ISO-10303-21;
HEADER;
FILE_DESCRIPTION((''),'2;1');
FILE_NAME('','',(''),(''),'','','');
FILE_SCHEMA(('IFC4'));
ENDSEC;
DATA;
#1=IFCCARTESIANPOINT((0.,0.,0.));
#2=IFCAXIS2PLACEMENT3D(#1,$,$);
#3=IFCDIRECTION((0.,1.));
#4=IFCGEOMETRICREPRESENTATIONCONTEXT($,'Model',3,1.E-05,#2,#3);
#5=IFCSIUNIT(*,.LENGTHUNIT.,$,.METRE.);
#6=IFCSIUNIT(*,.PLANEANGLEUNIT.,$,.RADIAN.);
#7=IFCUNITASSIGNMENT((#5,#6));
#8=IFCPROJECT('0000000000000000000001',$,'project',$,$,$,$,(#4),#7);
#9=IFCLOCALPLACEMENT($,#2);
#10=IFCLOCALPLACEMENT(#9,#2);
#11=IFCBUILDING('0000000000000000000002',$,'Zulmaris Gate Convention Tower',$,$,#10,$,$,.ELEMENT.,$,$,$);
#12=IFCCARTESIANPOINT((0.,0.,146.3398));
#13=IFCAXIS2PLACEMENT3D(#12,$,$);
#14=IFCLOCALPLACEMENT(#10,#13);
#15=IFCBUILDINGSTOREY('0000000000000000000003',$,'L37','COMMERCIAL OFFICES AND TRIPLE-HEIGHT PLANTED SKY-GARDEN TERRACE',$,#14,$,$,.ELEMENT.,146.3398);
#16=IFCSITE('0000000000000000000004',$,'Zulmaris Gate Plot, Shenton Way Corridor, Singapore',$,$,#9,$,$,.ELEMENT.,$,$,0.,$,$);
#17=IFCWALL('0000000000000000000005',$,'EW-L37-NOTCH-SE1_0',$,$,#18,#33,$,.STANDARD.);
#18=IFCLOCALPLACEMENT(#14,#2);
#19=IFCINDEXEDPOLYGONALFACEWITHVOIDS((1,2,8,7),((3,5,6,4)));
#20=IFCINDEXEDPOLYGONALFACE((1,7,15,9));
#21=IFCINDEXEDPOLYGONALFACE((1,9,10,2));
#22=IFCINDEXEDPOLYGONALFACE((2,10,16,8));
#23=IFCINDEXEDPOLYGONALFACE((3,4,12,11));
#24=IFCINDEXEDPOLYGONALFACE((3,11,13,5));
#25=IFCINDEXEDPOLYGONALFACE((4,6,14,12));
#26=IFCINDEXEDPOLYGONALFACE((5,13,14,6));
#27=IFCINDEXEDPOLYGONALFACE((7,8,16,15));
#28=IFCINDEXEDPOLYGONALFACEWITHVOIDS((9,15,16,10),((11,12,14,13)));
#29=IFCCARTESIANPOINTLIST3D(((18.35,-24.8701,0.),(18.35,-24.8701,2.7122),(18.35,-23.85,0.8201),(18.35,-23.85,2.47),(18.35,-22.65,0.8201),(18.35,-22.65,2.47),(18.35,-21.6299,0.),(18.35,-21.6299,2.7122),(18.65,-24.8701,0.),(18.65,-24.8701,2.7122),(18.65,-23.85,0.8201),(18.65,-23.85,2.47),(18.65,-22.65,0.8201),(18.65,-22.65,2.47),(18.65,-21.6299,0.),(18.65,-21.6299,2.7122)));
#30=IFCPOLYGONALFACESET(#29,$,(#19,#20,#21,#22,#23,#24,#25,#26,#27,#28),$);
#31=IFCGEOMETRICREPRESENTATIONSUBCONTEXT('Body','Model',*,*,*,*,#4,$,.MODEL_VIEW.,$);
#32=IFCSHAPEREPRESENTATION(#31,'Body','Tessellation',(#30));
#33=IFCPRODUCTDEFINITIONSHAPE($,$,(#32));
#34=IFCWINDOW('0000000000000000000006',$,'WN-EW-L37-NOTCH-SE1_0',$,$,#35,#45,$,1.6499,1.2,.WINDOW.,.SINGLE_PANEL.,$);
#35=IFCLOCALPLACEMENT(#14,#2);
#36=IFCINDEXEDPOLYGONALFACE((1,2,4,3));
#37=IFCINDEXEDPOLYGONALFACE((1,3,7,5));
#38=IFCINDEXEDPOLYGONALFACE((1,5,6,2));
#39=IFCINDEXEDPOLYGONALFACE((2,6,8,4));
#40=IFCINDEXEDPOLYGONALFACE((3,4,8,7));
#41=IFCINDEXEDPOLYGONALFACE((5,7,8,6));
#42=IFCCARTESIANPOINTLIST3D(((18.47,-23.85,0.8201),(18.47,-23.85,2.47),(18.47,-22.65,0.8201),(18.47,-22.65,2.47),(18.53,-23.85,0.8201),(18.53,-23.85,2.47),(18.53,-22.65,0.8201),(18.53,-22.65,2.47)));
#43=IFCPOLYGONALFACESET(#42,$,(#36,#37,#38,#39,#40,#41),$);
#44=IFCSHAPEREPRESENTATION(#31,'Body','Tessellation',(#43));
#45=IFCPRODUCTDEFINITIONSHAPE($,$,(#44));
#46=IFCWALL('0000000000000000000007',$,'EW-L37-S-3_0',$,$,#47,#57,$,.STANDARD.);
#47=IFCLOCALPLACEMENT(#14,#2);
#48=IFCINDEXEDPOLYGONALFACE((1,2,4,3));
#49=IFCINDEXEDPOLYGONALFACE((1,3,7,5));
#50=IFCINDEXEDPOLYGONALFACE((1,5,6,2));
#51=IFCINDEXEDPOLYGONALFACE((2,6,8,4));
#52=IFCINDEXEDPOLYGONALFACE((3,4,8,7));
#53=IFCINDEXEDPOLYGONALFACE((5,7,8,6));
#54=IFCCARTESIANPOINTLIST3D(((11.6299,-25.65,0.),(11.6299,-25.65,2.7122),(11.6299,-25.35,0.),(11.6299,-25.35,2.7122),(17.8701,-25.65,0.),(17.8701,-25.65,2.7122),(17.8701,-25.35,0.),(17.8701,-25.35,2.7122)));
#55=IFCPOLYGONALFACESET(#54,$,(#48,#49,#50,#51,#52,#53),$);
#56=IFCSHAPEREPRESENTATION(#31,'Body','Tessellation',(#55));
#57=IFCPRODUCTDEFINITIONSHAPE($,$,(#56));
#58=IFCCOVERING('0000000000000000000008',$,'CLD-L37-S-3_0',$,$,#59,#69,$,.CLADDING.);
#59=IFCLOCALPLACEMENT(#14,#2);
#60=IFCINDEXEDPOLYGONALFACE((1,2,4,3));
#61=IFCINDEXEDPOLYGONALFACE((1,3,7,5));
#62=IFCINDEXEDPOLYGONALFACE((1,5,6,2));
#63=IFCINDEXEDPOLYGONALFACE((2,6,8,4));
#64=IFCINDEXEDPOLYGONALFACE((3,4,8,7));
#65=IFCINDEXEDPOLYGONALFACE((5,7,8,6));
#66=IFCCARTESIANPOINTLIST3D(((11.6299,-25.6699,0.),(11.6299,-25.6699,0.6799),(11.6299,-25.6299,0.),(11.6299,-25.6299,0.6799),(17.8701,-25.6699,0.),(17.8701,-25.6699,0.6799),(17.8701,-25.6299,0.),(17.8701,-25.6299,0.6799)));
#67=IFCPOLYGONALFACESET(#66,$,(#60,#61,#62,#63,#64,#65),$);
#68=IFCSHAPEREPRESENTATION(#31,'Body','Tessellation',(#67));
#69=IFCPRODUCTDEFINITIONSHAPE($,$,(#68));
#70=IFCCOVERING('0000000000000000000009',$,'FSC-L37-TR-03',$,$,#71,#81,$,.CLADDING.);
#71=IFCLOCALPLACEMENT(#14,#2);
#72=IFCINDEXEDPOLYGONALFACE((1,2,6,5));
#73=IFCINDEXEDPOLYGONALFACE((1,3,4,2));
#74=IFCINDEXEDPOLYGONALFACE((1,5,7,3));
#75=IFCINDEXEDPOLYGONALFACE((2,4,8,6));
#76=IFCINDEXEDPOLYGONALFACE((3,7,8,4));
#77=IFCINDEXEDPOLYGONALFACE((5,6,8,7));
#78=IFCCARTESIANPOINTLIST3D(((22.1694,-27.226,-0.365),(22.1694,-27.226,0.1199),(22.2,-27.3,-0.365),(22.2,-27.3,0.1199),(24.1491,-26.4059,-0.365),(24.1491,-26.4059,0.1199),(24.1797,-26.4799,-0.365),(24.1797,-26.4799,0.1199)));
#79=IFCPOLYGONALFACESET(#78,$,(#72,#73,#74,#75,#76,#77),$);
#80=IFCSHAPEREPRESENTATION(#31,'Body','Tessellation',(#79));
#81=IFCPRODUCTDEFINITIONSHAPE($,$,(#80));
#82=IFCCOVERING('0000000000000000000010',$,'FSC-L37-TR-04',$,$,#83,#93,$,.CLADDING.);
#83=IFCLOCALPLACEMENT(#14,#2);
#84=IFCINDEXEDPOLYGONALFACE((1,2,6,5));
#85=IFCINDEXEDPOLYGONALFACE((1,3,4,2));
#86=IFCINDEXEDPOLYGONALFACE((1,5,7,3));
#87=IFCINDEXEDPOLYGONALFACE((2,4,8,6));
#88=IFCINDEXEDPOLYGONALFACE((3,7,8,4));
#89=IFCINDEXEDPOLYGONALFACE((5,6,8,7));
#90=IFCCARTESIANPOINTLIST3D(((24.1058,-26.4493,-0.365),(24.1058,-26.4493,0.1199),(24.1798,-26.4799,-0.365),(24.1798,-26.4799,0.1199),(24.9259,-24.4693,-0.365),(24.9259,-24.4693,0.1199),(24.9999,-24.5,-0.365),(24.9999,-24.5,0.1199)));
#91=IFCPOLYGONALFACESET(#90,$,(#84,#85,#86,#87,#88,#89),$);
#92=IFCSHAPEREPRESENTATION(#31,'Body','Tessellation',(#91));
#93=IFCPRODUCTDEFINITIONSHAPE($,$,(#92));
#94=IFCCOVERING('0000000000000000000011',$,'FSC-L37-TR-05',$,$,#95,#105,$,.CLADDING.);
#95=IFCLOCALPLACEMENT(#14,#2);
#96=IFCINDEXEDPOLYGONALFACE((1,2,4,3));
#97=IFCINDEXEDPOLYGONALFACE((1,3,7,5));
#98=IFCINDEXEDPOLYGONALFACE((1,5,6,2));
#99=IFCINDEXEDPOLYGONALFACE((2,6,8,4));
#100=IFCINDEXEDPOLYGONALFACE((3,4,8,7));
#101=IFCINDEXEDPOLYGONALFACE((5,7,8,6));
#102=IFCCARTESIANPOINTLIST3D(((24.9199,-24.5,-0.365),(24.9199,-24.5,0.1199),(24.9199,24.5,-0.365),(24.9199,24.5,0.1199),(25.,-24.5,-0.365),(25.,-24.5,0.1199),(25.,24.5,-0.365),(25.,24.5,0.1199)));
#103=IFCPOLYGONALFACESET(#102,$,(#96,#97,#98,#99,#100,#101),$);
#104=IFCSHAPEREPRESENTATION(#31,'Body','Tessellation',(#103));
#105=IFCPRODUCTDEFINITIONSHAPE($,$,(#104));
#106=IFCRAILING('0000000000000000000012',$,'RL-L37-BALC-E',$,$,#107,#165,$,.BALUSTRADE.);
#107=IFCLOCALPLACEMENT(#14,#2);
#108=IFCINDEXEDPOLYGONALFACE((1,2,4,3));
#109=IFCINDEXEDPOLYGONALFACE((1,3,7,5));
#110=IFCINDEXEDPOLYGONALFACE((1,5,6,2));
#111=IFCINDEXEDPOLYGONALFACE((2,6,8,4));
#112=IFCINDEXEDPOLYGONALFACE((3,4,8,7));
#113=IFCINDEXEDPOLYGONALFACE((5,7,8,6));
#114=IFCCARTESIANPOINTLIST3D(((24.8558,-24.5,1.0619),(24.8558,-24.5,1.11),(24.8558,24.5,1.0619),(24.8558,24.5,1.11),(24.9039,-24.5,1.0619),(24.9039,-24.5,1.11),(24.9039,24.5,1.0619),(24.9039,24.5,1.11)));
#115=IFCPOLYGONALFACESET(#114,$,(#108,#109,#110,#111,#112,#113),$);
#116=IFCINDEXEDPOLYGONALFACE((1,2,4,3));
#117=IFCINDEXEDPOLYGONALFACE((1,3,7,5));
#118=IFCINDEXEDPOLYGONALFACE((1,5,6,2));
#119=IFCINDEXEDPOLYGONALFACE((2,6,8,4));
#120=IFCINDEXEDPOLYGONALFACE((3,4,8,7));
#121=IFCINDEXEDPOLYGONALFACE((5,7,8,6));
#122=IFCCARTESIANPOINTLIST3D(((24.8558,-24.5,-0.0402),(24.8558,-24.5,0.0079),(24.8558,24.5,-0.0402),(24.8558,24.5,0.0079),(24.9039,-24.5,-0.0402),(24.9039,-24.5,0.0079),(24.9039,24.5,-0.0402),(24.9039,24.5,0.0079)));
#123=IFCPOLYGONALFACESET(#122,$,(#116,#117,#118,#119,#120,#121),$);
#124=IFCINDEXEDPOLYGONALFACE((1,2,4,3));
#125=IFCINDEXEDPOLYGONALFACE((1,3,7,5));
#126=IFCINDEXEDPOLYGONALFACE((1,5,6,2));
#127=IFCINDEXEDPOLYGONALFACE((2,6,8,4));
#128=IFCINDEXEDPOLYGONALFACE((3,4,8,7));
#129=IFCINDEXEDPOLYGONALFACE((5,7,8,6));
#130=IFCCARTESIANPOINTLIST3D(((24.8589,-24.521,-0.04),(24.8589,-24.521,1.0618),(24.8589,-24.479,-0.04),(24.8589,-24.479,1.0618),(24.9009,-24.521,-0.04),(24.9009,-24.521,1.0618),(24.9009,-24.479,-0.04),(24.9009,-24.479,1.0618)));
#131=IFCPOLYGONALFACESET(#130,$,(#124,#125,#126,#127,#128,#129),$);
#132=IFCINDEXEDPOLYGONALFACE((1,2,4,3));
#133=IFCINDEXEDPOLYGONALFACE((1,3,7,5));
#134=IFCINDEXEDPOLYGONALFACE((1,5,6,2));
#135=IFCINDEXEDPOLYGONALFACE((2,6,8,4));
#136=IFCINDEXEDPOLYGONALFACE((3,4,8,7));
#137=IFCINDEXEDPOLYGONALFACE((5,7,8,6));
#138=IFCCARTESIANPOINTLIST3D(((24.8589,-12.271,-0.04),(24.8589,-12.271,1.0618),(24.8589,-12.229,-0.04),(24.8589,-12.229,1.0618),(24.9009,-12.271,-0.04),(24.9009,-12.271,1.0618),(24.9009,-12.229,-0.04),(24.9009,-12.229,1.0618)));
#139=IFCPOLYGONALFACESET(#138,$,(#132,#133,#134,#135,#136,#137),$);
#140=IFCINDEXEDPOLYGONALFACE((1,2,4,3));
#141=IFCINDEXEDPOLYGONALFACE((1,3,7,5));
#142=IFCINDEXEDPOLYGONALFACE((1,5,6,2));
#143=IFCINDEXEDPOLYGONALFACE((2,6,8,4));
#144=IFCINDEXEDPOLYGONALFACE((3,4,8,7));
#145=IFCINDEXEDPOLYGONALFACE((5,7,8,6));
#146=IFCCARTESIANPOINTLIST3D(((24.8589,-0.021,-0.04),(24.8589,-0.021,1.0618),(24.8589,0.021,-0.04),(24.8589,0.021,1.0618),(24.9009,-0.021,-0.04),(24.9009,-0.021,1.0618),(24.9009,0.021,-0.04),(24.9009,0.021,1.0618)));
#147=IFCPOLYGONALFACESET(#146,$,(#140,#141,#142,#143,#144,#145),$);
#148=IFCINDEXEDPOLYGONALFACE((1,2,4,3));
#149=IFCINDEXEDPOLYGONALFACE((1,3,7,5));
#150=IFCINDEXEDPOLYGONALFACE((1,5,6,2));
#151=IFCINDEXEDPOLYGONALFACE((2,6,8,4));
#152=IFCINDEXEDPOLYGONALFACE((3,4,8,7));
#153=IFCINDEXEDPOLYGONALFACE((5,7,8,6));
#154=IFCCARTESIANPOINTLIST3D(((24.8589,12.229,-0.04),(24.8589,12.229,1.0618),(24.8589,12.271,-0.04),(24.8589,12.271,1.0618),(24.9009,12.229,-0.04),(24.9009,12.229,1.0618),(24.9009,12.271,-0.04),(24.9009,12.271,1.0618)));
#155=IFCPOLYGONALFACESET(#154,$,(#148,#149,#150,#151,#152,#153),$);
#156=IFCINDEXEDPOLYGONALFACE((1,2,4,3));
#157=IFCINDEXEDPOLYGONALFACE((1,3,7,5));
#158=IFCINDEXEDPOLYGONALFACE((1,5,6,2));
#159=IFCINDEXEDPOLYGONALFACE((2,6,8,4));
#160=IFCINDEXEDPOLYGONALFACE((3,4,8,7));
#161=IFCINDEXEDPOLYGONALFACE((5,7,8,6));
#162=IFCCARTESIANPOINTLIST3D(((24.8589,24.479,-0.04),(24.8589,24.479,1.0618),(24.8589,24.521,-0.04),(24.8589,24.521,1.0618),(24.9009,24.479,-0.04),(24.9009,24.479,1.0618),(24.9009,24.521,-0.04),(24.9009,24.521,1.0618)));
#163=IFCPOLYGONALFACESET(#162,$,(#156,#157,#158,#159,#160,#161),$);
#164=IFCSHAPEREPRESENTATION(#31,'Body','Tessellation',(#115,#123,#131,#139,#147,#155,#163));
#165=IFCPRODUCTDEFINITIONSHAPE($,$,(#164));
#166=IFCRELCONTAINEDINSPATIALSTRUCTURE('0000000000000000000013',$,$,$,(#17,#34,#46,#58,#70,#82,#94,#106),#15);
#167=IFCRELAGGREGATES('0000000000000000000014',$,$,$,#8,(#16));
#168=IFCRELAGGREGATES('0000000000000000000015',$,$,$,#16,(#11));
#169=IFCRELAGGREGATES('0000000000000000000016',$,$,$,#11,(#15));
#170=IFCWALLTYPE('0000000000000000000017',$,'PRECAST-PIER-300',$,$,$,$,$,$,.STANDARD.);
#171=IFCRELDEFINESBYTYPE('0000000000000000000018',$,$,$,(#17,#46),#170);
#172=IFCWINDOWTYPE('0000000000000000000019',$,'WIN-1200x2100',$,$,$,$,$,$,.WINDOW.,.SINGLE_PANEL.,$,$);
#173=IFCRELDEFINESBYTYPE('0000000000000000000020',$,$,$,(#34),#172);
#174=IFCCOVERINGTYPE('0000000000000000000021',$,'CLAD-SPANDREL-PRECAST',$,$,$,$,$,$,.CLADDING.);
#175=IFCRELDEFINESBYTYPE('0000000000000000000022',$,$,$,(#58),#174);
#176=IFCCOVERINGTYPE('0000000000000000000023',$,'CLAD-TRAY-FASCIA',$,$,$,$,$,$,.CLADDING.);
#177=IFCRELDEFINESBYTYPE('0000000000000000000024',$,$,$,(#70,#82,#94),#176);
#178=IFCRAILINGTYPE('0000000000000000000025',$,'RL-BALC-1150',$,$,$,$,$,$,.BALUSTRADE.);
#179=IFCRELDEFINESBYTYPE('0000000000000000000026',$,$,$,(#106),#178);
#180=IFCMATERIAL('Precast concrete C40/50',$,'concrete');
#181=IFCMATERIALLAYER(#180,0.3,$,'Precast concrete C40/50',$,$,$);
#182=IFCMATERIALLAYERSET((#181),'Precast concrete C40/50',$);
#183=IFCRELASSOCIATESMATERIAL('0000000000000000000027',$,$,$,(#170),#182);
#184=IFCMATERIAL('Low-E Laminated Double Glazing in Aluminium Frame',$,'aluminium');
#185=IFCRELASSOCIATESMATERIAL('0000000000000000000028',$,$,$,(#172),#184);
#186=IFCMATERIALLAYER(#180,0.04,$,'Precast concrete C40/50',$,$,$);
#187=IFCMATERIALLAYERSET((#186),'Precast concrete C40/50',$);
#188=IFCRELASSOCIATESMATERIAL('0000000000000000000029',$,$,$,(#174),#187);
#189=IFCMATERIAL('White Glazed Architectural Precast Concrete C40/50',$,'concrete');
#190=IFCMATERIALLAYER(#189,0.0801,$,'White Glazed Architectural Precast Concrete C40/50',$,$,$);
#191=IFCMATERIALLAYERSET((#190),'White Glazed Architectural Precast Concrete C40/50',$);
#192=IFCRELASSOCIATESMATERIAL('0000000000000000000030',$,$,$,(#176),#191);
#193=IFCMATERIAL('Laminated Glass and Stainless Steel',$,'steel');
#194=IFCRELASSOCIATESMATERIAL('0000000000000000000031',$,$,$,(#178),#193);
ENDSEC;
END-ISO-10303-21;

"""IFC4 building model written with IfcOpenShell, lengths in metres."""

from ifc_helpers import new_model, si_unit, direction, frame, frame_2d, origin, origin_2d, place, context, subcontext, project, spatial, rectangle, extrude, material, layer, layer_set, type_object, element, fill, save


model = new_model("IFC4")

# Units and contexts
model_context = context("Model", 3, precision=1e-05, world=origin(), true_north=direction((0.0, 1.0)))
body_context = subcontext(model_context, "Body", "Model", "MODEL_VIEW")
ifc_project = project(units=[si_unit("LENGTHUNIT", "METRE"), si_unit("PLANEANGLEUNIT", "RADIAN")], contexts=[model_context])

# Site, building, storey
site_placement = place(None, origin())
site = spatial("IfcSite", under=ifc_project, at=site_placement, Name="Zulmaris Gate Plot, Shenton Way Corridor, Singapore", CompositionType="ELEMENT", RefElevation=0.0)
building_placement = place(site_placement, origin())
building = spatial("IfcBuilding", under=site, at=building_placement, Name="Zulmaris Gate Convention Tower", CompositionType="ELEMENT")
storey_placement = place(building_placement, frame((0.0, 0.0, 146.3398)))
storey = spatial("IfcBuildingStorey", under=building, at=storey_placement, Name="L37", Description="COMMERCIAL OFFICES AND TRIPLE-HEIGHT PLANTED SKY-GARDEN TERRACE", CompositionType="ELEMENT", Elevation=146.3398)

# Wall, opening, window
ifc_material_1 = material(Name="Precast concrete C40/50", Category="concrete")
ifc_layer_1 = layer(ifc_material_1, 0.3, Name="Precast concrete C40/50")
ifc_layer_set_1 = layer_set([ifc_layer_1], Name="Precast concrete C40/50")
wall_type = type_object("IfcWallType", Name="PRECAST-PIER-300", PredefinedType="STANDARD", material=ifc_layer_set_1)
wall_1_placement = place(storey_placement, frame((18.5, -24.8701, 0.0), z_axis=(0.0, 0.0, 1.0), x_axis=(0.0, 1.0, 0.0)))
wall_1 = element("IfcWall", 1, at=wall_1_placement, inside=storey, type_object=wall_type, Name="EW-L37-NOTCH-SE1_0", PredefinedType="STANDARD", context=body_context, shape_type="SweptSolid", body=[
    extrude(rectangle(XDim=3.2402, YDim=0.3, at=frame_2d((1.6201, 0.0))), origin(), (0.0, 0.0, 1.0), 2.7122),
])
opening_placement = place(wall_1_placement, frame((1.02, 0.0, 0.8201)))
opening = element("IfcOpeningElement", 2, at=opening_placement, cuts=wall_1, PredefinedType="OPENING", context=body_context, shape_type="SweptSolid", body=[
    extrude(rectangle(XDim=1.2, YDim=1.6499, at=frame_2d((0.6001, 0.825))), frame((0.0, 0.1602, 0.0), z_axis=(0.0, -1.0, 0.0), x_axis=(1.0, 0.0, 0.0)), (0.0, 0.0, 1.0), 0.3201),
])
ifc_material_2 = material(Name="Low-E Laminated Double Glazing in Aluminium Frame", Category="aluminium")
window_type = type_object("IfcWindowType", Name="WIN-1200x2100", PartitioningType="SINGLE_PANEL", PredefinedType="WINDOW", material=ifc_material_2)
window_placement = place(opening_placement, origin())
window = element("IfcWindow", 3, at=window_placement, inside=storey, type_object=window_type, Name="WN-EW-L37-NOTCH-SE1_0", OverallHeight=1.6499, OverallWidth=1.2, PartitioningType="SINGLE_PANEL", PredefinedType="WINDOW", context=body_context, shape_type="SweptSolid", body=[
    extrude(rectangle(XDim=1.2, YDim=1.6499, at=frame_2d((0.6001, 0.825))), frame((0.0, 0.03, 0.0), z_axis=(0.0, -1.0, 0.0), x_axis=(1.0, 0.0, 0.0)), (0.0, 0.0, 1.0), 0.0601),
])
fill(opening, window)

# Wall
wall_2_placement = place(storey_placement, frame((11.6299, -25.5, 0.0), z_axis=(0.0, 0.0, 1.0), x_axis=(1.0, 0.0, 0.0)))
element("IfcWall", 4, at=wall_2_placement, inside=storey, type_object=wall_type, Name="EW-L37-S-3_0", PredefinedType="STANDARD", context=body_context, shape_type="SweptSolid", body=[
    extrude(rectangle(XDim=6.2402, YDim=0.3, at=frame_2d((3.1201, 0.0))), origin(), (0.0, 0.0, 1.0), 2.7122),
])

# Coverings
ifc_layer_2 = layer(ifc_material_1, 0.04, Name="Precast concrete C40/50")
ifc_layer_set_2 = layer_set([ifc_layer_2], Name="Precast concrete C40/50")
covering_type_1 = type_object("IfcCoveringType", Name="CLAD-SPANDREL-PRECAST", PredefinedType="CLADDING", material=ifc_layer_set_2)
covering_1_placement = place(storey_placement, frame((11.6299, -25.6499, 0.0), z_axis=(0.0, 0.0, 1.0), x_axis=(1.0, 0.0, 0.0)))
element("IfcCovering", 5, at=covering_1_placement, inside=storey, type_object=covering_type_1, Name="CLD-L37-S-3_0", PredefinedType="CLADDING", context=body_context, shape_type="SweptSolid", body=[
    extrude(rectangle(XDim=6.2402, YDim=0.04, at=frame_2d((3.1201, 0.0))), origin(), (0.0, 0.0, 1.0), 0.6799),
])
ifc_material_3 = material(Name="White Glazed Architectural Precast Concrete C40/50", Category="concrete")
ifc_layer_3 = layer(ifc_material_3, 0.0801, Name="White Glazed Architectural Precast Concrete C40/50")
ifc_layer_set_3 = layer_set([ifc_layer_3], Name="White Glazed Architectural Precast Concrete C40/50")
covering_type_2 = type_object("IfcCoveringType", Name="CLAD-TRAY-FASCIA", PredefinedType="CLADDING", material=ifc_layer_set_3)
covering_2_placement = place(storey_placement, frame((22.1848, -27.2629, -0.365), z_axis=(0.0, 0.0, 1.0), x_axis=(0.923874, 0.382697, 0.0)))
element("IfcCovering", 6, at=covering_2_placement, inside=storey, type_object=covering_type_2, Name="FSC-L37-TR-03", PredefinedType="CLADDING", context=body_context, shape_type="SweptSolid", body=[
    extrude(rectangle(XDim=2.1428, YDim=0.0801, at=frame_2d((1.0713, 0.0))), origin(), (0.0, 0.0, 1.0), 0.4849),
])
covering_3_placement = place(storey_placement, frame((24.1428, -26.4646, -0.365), z_axis=(0.0, 0.0, 1.0), x_axis=(0.382657, 0.92389, 0.0)))
element("IfcCovering", 7, at=covering_3_placement, inside=storey, type_object=covering_type_2, Name="FSC-L37-TR-04", PredefinedType="CLADDING", context=body_context, shape_type="SweptSolid", body=[
    extrude(rectangle(XDim=2.1431, YDim=0.0801, at=frame_2d((1.0715, 0.0))), origin(), (0.0, 0.0, 1.0), 0.4849),
])
covering_4_placement = place(storey_placement, frame((24.96, -24.5, -0.365), z_axis=(0.0, 0.0, 1.0), x_axis=(0.0, 1.0, 0.0)))
element("IfcCovering", 8, at=covering_4_placement, inside=storey, type_object=covering_type_2, Name="FSC-L37-TR-05", PredefinedType="CLADDING", context=body_context, shape_type="SweptSolid", body=[
    extrude(rectangle(XDim=49.0, YDim=0.0801, at=frame_2d((24.5, 0.0))), origin(), (0.0, 0.0, 1.0), 0.4849),
])

# Railing
ifc_material_4 = material(Name="Laminated Glass and Stainless Steel", Category="steel")
railing_type = type_object("IfcRailingType", Name="RL-BALC-1150", PredefinedType="BALUSTRADE", material=ifc_material_4)
railing_placement = place(storey_placement, frame((24.8799, -24.5, -0.04)))
element("IfcRailing", 9, at=railing_placement, inside=storey, type_object=railing_type, Name="RL-L37-BALC-E", PredefinedType="BALUSTRADE", context=body_context, shape_type="SweptSolid", body=[
    extrude(rectangle(XDim=0.0481, YDim=0.0481, at=origin_2d()), frame((0.0, 0.0, 1.126), z_axis=(0.0, 1.0, 0.0), x_axis=(-1.0, 0.0, 0.0)), (0.0, 0.0, 1.0), 49.0),
    extrude(rectangle(XDim=0.0481, YDim=0.0481, at=origin_2d()), frame((0.0, 0.0, 0.0239), z_axis=(0.0, 1.0, 0.0), x_axis=(-1.0, 0.0, 0.0)), (0.0, 0.0, 1.0), 49.0),
    extrude(rectangle(XDim=0.042, YDim=0.042, at=origin_2d()), origin(), (0.0, 0.0, 1.0), 1.1018),
    extrude(rectangle(XDim=0.042, YDim=0.042, at=origin_2d()), frame((0.0, 12.25, 0.0)), (0.0, 0.0, 1.0), 1.1018),
    extrude(rectangle(XDim=0.042, YDim=0.042, at=origin_2d()), frame((0.0, 24.5, 0.0)), (0.0, 0.0, 1.0), 1.1018),
    extrude(rectangle(XDim=0.042, YDim=0.042, at=origin_2d()), frame((0.0, 36.75, 0.0)), (0.0, 0.0, 1.0), 1.1018),
    extrude(rectangle(XDim=0.042, YDim=0.042, at=origin_2d()), frame((0.0, 49.0, 0.0)), (0.0, 0.0, 1.0), 1.1018),
])

save(model, "model.ifc")
